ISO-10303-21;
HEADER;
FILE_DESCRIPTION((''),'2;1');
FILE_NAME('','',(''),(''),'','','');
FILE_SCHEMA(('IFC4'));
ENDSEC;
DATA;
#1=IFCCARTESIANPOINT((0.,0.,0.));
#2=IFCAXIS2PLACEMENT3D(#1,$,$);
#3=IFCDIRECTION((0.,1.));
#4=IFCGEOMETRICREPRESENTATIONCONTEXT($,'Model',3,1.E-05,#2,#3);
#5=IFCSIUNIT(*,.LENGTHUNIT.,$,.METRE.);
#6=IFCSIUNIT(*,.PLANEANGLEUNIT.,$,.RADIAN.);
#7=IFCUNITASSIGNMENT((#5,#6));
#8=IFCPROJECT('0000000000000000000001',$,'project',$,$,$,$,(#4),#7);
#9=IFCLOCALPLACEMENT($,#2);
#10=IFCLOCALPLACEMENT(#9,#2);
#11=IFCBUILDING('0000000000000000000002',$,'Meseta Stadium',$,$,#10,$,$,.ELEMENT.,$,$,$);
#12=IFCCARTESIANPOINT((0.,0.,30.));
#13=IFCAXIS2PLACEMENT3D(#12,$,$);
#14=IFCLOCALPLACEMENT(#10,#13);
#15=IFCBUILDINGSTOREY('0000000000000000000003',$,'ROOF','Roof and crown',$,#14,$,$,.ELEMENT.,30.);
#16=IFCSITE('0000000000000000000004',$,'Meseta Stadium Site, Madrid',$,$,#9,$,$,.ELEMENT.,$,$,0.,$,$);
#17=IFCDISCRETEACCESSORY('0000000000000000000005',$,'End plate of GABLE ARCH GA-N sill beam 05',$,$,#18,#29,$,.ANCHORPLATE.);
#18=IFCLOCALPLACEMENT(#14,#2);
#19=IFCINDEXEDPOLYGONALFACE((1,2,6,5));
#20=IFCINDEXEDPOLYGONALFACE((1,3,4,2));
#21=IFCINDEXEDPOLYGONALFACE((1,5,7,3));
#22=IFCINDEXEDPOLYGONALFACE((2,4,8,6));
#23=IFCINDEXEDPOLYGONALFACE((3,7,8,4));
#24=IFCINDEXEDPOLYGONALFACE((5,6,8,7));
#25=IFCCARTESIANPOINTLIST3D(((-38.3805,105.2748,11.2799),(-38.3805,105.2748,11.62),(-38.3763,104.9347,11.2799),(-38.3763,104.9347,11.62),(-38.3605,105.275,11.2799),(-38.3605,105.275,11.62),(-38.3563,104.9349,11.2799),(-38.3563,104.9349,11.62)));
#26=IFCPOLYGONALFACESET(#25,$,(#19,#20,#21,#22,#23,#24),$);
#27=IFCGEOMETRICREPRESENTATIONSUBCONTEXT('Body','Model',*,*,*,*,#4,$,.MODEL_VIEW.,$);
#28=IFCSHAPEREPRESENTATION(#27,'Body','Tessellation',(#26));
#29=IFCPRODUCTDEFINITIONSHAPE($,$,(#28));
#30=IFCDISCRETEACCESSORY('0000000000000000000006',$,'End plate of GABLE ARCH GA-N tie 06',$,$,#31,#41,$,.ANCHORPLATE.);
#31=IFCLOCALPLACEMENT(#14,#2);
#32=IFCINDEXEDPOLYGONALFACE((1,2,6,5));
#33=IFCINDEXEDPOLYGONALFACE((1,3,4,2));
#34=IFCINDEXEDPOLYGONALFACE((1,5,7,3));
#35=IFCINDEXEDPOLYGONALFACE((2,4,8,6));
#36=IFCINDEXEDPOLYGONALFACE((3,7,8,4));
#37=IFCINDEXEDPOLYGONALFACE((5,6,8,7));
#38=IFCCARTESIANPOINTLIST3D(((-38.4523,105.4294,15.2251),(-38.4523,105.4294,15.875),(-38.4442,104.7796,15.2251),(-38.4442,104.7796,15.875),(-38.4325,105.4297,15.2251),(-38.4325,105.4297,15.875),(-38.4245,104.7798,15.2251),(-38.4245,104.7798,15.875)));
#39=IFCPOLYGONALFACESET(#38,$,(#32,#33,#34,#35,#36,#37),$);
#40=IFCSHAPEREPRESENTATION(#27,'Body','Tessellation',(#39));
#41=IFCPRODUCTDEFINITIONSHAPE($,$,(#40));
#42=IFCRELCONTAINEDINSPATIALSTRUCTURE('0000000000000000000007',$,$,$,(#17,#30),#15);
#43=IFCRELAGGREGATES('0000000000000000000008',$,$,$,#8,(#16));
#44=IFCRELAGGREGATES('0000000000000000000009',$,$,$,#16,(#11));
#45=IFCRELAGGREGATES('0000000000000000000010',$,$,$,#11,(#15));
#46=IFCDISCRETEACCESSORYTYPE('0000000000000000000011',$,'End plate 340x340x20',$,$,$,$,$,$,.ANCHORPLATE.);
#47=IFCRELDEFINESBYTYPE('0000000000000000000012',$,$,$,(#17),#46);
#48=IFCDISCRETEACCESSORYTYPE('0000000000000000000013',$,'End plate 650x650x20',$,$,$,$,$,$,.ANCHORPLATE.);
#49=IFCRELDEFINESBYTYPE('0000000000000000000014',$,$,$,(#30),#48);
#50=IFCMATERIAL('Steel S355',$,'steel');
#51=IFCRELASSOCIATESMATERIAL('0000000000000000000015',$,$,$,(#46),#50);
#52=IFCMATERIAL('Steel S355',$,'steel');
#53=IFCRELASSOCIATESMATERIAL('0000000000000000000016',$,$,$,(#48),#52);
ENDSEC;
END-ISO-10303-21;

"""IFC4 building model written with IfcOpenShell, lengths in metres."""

from ifc_helpers import new_model, si_unit, direction, frame, origin, origin_2d, place, context, subcontext, project, spatial, rectangle, extrude, material, material_profile, profile_set, type_object, element, save


model = new_model("IFC4")

# Units and contexts
model_context = context("Model", 3, precision=1e-05, world=origin(), true_north=direction((0.0, 1.0)))
body_context = subcontext(model_context, "Body", "Model", "MODEL_VIEW")
ifc_project = project(units=[si_unit("LENGTHUNIT", "METRE"), si_unit("PLANEANGLEUNIT", "RADIAN")], contexts=[model_context])

# Site, building, storey
site_placement = place(None, origin())
site = spatial("IfcSite", under=ifc_project, at=site_placement, Name="Meseta Stadium Site, Madrid", CompositionType="ELEMENT", RefElevation=0.0)
building_placement = place(site_placement, origin())
building = spatial("IfcBuilding", under=site, at=building_placement, Name="Meseta Stadium", CompositionType="ELEMENT")
storey_placement = place(building_placement, frame((0.0, 0.0, 30.0)))
storey = spatial("IfcBuildingStorey", under=building, at=storey_placement, Name="ROOF", Description="Roof and crown", CompositionType="ELEMENT", Elevation=30.0)

# Discrete accessories
ifc_material_1 = material(Name="Steel S355", Category="steel")
ifc_material_profile_1 = material_profile(ifc_material_1, rectangle(XDim=0.3401, YDim=0.3401, at=origin_2d()), Name="PL 340x340")
ifc_profile_set_1 = profile_set([ifc_material_profile_1], Name="Steel S355")
discrete_accessory_type_1 = type_object("IfcDiscreteAccessoryType", Name="End plate 340x340x20", PredefinedType="ANCHORPLATE", material=ifc_profile_set_1)
discrete_accessory_1_placement = place(storey_placement, frame((-38.3584, 105.105, 11.45), z_axis=(-0.999926, -0.012194, 0.0), x_axis=(0.012194, -0.999926, 0.0)))
element("IfcDiscreteAccessory", 1, at=discrete_accessory_1_placement, inside=storey, type_object=discrete_accessory_type_1, Name="End plate of GABLE ARCH GA-N sill beam 05", PredefinedType="ANCHORPLATE", context=body_context, shape_type="SweptSolid", body=[
    extrude(rectangle(XDim=0.3401, YDim=0.3401, at=origin_2d()), origin(), (0.0, 0.0, 1.0), 0.02),
])
ifc_material_2 = material(Name="Steel S355", Category="steel")
ifc_material_profile_2 = material_profile(ifc_material_2, rectangle(XDim=0.6499, YDim=0.6499, at=origin_2d()), Name="PL 650x650")
ifc_profile_set_2 = profile_set([ifc_material_profile_2], Name="Steel S355")
discrete_accessory_type_2 = type_object("IfcDiscreteAccessoryType", Name="End plate 650x650x20", PredefinedType="ANCHORPLATE", material=ifc_profile_set_2)
discrete_accessory_2_placement = place(storey_placement, frame((-38.4285, 105.1047, 15.55), z_axis=(-0.999924, -0.012345, 0.0), x_axis=(0.012345, -0.999924, 0.0)))
element("IfcDiscreteAccessory", 2, at=discrete_accessory_2_placement, inside=storey, type_object=discrete_accessory_type_2, Name="End plate of GABLE ARCH GA-N tie 06", PredefinedType="ANCHORPLATE", context=body_context, shape_type="SweptSolid", body=[
    extrude(rectangle(XDim=0.6499, YDim=0.6499, at=origin_2d()), origin(), (0.0, 0.0, 1.0), 0.0198),
])

save(model, "model.ifc")
